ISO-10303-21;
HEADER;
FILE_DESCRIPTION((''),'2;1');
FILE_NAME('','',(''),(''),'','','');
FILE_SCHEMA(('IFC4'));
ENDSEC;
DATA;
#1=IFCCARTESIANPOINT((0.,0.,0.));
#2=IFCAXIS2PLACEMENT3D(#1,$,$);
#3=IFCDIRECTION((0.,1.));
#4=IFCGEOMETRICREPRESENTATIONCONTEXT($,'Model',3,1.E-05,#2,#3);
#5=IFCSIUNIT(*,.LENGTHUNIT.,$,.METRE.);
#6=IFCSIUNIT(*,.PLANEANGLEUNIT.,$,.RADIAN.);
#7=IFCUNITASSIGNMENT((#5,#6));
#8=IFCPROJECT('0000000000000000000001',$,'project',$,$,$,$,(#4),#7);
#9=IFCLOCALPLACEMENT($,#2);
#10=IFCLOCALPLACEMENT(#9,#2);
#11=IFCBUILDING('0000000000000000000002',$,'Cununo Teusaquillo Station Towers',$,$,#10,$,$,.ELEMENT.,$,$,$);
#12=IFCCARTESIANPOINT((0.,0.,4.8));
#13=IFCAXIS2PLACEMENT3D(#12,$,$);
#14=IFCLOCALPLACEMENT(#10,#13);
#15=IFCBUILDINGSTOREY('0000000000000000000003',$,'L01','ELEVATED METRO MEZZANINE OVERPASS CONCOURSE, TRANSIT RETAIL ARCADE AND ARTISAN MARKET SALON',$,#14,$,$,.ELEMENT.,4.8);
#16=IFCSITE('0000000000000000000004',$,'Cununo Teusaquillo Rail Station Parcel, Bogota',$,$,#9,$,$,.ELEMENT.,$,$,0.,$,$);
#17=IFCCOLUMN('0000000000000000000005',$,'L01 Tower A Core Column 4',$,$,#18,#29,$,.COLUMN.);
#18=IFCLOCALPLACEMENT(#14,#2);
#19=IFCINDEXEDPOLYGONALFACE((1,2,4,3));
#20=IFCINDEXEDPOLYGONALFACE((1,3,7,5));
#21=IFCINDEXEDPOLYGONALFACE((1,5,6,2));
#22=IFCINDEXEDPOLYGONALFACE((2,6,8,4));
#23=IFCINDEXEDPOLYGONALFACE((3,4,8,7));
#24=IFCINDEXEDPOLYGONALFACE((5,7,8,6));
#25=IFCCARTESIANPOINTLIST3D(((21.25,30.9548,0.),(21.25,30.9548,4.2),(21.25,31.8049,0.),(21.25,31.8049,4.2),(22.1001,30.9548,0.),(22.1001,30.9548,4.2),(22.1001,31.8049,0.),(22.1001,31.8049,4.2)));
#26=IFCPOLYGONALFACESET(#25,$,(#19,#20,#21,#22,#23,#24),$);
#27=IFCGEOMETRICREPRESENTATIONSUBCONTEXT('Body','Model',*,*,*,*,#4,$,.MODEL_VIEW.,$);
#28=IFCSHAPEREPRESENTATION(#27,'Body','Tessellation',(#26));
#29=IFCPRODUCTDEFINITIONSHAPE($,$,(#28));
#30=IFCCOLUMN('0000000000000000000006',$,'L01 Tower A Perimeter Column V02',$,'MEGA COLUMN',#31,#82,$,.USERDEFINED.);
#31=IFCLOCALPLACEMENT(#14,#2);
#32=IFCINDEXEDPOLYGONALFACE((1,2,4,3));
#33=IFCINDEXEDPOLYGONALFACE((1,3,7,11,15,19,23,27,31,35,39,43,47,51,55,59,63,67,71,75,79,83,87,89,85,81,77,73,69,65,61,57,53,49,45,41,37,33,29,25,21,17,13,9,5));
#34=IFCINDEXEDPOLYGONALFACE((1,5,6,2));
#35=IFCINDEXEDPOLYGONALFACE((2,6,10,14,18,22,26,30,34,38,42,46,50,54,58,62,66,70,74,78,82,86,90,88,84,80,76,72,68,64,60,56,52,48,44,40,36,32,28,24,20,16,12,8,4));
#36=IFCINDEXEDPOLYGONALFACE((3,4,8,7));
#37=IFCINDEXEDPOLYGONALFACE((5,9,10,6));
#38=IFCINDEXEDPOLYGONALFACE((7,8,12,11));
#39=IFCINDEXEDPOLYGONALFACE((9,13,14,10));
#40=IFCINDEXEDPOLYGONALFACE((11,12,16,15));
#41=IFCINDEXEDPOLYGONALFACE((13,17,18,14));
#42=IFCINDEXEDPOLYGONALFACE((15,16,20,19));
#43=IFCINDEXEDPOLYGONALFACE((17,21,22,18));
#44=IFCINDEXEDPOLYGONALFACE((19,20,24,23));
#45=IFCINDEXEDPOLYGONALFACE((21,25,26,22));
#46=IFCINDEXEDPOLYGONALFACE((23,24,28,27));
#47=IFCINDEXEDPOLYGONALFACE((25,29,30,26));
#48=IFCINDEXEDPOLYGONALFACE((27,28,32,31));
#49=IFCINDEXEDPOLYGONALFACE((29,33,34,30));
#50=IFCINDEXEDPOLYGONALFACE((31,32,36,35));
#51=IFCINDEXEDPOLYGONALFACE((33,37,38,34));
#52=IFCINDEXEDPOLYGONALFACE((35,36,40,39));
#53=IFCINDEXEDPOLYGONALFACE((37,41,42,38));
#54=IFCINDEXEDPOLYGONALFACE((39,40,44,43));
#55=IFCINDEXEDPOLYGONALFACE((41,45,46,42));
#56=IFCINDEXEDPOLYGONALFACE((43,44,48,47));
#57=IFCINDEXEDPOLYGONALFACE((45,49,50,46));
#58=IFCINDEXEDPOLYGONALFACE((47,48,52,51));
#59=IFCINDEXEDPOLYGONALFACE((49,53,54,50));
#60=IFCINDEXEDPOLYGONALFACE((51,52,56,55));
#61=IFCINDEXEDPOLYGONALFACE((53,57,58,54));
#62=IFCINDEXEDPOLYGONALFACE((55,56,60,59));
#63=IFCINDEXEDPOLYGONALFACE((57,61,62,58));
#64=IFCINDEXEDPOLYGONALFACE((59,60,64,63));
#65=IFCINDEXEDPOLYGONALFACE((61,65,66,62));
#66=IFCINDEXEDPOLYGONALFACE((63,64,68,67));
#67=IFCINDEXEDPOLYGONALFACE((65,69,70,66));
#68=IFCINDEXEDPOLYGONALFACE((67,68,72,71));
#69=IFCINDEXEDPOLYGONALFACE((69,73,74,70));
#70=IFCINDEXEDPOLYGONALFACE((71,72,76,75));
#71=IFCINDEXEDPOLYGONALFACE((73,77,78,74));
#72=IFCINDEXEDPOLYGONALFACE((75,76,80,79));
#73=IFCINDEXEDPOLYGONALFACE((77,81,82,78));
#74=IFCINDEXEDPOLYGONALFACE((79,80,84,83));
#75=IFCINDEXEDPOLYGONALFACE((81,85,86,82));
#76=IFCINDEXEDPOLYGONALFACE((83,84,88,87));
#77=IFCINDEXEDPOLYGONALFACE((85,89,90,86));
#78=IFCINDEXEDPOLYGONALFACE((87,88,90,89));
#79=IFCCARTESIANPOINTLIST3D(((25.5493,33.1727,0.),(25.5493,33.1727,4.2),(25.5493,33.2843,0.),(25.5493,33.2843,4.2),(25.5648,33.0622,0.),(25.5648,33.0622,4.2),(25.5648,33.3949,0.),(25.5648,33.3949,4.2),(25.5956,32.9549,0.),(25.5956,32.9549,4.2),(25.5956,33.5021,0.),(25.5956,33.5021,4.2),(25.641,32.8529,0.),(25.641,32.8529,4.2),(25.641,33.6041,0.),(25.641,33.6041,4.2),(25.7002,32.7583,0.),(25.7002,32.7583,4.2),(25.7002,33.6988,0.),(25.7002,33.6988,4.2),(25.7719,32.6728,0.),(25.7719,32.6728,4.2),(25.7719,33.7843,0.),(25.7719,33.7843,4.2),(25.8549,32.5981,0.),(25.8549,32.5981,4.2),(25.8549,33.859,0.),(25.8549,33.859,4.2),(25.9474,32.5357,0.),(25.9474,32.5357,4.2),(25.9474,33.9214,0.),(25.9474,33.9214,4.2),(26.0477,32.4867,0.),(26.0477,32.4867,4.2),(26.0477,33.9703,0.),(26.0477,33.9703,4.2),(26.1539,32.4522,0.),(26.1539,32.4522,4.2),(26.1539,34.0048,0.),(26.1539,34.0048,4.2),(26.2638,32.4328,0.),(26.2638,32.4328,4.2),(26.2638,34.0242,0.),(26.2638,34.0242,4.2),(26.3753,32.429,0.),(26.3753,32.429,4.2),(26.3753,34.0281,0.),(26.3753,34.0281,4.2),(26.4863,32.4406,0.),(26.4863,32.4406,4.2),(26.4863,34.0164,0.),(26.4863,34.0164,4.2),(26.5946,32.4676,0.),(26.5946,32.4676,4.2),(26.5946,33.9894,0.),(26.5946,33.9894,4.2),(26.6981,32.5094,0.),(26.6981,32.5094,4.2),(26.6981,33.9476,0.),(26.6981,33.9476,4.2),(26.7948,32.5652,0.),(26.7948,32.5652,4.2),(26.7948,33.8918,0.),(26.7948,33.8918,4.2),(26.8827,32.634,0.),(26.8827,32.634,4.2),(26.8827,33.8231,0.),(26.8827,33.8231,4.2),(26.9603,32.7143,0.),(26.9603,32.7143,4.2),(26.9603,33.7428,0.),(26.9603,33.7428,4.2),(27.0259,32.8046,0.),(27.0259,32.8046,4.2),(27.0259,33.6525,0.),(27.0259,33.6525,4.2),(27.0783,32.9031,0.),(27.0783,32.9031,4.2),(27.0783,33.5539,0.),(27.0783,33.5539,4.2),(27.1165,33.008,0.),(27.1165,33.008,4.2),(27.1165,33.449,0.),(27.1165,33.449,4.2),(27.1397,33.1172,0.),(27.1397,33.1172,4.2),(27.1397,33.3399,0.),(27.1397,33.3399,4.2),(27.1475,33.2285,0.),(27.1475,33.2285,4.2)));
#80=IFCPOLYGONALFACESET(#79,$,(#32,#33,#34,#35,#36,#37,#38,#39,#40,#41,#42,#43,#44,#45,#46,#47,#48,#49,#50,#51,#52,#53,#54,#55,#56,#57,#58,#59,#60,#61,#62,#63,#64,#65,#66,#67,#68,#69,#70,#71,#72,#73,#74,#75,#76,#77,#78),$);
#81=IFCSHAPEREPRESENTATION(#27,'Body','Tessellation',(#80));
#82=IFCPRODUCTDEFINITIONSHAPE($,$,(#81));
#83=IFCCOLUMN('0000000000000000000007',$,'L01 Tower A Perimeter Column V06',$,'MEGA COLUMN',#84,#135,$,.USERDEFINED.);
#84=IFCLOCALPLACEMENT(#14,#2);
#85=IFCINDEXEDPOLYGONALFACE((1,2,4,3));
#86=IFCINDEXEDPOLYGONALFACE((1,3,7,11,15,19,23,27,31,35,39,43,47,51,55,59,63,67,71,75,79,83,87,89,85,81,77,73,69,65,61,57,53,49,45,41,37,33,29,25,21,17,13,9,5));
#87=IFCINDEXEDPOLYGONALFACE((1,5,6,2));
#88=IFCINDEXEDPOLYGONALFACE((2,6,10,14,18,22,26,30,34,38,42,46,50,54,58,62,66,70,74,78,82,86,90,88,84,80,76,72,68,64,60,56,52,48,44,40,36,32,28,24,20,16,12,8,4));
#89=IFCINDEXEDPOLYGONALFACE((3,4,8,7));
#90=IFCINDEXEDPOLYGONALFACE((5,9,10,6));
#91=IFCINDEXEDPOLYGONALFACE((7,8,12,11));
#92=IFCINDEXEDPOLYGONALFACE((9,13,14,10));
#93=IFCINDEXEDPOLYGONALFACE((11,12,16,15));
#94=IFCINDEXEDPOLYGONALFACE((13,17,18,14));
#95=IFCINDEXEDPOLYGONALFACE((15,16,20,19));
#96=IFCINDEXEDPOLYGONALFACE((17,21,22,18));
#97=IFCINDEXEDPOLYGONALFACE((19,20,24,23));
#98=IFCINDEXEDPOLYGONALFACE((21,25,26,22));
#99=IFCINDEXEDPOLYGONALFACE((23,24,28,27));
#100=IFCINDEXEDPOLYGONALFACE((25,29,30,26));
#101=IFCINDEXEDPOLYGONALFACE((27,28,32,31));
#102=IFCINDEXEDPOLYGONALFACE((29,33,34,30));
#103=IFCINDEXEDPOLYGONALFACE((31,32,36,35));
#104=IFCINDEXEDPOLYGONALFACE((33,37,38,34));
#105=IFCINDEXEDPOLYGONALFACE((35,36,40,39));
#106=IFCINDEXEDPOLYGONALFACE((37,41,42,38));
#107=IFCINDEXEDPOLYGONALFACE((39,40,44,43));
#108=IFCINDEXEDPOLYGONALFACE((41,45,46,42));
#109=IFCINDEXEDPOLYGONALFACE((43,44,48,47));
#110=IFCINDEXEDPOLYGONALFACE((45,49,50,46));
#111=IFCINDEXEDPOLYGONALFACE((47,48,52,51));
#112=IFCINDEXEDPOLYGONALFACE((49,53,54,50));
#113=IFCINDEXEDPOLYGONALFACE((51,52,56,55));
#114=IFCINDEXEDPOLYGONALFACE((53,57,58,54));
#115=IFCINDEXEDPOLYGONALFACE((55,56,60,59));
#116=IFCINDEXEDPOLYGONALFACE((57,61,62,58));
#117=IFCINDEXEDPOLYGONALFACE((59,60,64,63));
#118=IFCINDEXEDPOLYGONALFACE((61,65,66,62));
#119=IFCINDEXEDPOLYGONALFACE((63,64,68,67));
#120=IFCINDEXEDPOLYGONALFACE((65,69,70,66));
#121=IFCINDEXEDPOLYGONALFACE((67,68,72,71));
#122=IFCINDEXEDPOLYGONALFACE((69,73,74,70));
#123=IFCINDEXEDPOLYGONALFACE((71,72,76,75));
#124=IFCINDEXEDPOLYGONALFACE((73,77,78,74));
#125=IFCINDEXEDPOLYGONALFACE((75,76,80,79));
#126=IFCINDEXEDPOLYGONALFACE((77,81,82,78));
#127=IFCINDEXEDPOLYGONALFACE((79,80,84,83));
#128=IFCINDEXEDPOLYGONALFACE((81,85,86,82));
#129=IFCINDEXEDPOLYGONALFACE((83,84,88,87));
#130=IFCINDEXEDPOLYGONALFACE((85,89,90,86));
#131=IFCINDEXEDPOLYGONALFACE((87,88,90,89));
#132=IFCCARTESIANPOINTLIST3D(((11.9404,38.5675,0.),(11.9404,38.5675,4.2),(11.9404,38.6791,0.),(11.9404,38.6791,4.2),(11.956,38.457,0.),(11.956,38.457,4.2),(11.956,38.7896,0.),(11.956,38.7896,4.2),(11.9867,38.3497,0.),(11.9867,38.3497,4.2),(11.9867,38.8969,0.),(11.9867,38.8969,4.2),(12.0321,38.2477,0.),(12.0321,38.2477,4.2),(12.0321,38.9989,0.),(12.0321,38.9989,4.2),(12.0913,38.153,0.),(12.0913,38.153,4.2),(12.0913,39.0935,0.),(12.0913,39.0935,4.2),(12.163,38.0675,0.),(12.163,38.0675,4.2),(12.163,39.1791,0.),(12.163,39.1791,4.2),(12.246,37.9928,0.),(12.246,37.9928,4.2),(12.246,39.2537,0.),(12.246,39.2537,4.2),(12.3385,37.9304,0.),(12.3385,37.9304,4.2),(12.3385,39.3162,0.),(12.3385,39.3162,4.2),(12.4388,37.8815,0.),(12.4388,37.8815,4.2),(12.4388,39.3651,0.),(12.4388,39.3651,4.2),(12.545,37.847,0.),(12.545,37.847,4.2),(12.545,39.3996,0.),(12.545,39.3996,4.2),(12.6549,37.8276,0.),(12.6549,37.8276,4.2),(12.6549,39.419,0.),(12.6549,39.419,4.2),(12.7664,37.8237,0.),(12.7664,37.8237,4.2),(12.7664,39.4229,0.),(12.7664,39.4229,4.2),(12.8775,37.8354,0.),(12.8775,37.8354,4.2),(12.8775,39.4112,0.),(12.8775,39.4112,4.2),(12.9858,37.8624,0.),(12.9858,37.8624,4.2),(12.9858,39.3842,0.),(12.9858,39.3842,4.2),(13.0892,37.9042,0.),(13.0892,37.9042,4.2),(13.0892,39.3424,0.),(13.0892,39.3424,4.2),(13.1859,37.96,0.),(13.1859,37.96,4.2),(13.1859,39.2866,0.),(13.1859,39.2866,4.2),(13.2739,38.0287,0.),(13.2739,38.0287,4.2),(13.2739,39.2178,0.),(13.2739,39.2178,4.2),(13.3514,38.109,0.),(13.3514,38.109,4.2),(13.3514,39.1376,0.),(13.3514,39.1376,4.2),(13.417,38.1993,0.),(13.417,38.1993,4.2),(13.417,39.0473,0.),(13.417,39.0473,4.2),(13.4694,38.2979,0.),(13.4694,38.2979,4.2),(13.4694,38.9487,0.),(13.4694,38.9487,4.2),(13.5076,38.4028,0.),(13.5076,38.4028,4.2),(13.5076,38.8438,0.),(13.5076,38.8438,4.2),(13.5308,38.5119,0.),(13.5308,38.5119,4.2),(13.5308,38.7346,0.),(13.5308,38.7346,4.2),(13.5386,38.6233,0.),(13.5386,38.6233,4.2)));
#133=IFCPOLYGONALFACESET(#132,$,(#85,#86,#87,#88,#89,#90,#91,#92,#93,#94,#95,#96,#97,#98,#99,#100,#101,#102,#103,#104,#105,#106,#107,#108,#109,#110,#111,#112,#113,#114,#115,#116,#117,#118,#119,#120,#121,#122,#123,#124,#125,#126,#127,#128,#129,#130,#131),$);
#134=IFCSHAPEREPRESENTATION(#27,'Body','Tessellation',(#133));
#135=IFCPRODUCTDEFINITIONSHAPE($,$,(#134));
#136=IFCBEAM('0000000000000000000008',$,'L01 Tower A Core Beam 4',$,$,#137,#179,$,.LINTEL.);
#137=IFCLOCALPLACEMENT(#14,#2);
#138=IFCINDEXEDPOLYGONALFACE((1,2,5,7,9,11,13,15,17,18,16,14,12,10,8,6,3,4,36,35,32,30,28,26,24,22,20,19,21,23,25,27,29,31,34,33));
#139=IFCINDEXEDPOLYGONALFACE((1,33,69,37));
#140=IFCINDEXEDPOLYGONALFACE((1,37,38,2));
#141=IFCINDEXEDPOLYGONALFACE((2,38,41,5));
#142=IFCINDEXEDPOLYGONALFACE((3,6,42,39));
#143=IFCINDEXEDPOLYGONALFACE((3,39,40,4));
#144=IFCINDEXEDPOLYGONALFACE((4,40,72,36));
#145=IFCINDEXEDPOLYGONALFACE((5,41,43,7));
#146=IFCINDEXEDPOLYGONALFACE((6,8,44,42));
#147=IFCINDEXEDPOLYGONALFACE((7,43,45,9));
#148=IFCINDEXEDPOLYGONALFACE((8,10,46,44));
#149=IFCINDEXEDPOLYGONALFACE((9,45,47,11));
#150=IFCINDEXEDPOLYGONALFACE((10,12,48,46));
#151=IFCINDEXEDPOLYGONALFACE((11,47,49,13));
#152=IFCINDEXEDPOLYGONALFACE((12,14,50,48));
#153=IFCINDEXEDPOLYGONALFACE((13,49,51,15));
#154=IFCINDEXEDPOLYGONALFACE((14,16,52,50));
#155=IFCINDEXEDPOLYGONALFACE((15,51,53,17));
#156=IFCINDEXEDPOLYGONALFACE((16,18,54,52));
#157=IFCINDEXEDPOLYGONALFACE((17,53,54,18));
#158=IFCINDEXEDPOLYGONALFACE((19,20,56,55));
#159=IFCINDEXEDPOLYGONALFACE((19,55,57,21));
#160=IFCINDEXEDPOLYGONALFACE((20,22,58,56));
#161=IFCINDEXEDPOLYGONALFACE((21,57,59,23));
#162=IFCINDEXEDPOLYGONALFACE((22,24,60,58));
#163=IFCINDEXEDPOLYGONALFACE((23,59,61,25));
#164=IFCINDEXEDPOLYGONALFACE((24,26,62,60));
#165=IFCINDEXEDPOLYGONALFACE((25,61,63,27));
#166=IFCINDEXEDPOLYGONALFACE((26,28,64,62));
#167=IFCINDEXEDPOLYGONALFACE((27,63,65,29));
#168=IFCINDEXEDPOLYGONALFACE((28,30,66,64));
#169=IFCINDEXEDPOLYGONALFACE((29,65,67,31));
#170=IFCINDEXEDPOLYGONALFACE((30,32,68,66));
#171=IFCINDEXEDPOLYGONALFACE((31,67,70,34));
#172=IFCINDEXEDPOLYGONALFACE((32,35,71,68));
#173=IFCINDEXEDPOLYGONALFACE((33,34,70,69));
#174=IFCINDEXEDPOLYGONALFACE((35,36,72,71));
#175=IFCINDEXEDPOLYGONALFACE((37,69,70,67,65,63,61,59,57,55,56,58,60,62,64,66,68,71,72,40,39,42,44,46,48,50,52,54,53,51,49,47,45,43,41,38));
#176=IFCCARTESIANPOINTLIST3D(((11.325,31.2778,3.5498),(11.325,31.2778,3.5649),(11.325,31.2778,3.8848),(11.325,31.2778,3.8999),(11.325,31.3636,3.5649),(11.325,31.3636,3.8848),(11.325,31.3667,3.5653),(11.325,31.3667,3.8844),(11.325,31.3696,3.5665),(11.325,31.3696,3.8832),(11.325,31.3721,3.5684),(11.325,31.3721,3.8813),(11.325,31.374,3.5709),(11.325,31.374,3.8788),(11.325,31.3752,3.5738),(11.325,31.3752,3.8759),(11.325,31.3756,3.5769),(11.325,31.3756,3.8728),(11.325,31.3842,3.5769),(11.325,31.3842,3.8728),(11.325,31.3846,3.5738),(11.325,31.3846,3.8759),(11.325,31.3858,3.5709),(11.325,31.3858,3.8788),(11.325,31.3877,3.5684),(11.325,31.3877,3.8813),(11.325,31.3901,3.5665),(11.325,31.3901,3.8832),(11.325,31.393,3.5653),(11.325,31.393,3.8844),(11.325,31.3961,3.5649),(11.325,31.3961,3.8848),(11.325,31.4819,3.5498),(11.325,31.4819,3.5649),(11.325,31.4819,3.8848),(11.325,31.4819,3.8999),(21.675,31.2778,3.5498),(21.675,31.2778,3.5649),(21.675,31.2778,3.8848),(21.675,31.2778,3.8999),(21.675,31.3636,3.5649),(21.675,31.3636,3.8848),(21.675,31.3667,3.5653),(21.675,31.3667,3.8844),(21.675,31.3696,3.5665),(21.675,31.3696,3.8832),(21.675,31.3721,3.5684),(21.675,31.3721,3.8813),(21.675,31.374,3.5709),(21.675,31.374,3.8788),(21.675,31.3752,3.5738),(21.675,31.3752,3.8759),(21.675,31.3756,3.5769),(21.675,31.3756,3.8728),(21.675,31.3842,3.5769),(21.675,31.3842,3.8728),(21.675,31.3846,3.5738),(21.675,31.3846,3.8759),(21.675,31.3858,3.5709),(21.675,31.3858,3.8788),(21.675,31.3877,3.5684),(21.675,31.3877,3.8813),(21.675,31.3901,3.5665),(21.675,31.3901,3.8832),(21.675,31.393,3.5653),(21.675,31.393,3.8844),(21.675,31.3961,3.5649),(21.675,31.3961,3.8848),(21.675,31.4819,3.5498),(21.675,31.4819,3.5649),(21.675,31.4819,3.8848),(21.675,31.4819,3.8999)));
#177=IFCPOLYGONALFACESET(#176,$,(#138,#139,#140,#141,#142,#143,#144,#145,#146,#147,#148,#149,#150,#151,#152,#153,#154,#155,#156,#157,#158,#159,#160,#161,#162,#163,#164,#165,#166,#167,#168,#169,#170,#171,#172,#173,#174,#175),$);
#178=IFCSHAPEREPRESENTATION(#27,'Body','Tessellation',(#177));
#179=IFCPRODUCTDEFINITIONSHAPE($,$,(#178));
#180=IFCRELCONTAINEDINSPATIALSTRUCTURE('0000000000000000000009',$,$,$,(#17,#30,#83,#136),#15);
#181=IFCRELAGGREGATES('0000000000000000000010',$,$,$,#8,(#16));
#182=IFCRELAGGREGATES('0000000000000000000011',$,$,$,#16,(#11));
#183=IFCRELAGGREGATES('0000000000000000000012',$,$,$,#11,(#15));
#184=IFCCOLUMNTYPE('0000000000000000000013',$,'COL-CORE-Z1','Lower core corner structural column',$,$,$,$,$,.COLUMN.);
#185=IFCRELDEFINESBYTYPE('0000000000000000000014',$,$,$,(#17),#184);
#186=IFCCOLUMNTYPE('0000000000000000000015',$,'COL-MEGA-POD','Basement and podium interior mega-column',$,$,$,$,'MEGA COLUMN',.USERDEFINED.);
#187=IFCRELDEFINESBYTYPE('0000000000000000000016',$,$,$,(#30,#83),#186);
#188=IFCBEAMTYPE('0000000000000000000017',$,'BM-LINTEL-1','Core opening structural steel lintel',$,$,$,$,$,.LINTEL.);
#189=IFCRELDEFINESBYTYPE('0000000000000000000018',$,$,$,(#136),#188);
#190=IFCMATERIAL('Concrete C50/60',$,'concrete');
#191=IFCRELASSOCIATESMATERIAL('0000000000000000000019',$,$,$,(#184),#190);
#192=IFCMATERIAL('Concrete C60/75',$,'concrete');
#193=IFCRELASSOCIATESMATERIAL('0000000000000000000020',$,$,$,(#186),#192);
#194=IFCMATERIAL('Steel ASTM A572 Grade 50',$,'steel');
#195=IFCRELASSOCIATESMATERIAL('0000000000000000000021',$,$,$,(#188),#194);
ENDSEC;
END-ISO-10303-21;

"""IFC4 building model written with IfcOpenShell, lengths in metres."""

from ifc_helpers import new_model, si_unit, direction, frame, origin, origin_2d, place, context, subcontext, project, spatial, rectangle, circle, i_section, extrude, material, material_profile, profile_set, type_object, element, save


model = new_model("IFC4")

# Units and contexts
model_context = context("Model", 3, precision=1e-05, world=origin(), true_north=direction((0.0, 1.0)))
body_context = subcontext(model_context, "Body", "Model", "MODEL_VIEW")
ifc_project = project(units=[si_unit("LENGTHUNIT", "METRE"), si_unit("PLANEANGLEUNIT", "RADIAN")], contexts=[model_context])

# Site, building, storey
site_placement = place(None, origin())
site = spatial("IfcSite", under=ifc_project, at=site_placement, Name="Cununo Teusaquillo Rail Station Parcel, Bogota", CompositionType="ELEMENT", RefElevation=0.0)
building_placement = place(site_placement, origin())
building = spatial("IfcBuilding", under=site, at=building_placement, Name="Cununo Teusaquillo Station Towers", CompositionType="ELEMENT")
storey_placement = place(building_placement, frame((0.0, 0.0, 4.8)))
storey = spatial("IfcBuildingStorey", under=building, at=storey_placement, Name="L01", Description="ELEVATED METRO MEZZANINE OVERPASS CONCOURSE, TRANSIT RETAIL ARCADE AND ARTISAN MARKET SALON", CompositionType="ELEMENT", Elevation=4.8)

# Columns
ifc_material_1 = material(Name="Concrete C50/60", Category="concrete")
ifc_material_profile_1 = material_profile(ifc_material_1, rectangle(XDim=0.8501, YDim=0.8501, at=origin_2d()), Name="RC-RECT-850x850")
ifc_profile_set_1 = profile_set([ifc_material_profile_1], Name="Concrete C50/60")
column_type_1 = type_object("IfcColumnType", Name="COL-CORE-Z1", Description="Lower core corner structural column", PredefinedType="COLUMN", material=ifc_profile_set_1)
column_placement = place(storey_placement, frame((21.675, 31.3799, 0.0), z_axis=(0.0, 0.0, 1.0), x_axis=(1.0, 0.0, 0.0)))
element("IfcColumn", 1, at=column_placement, inside=storey, type_object=column_type_1, Name="L01 Tower A Core Column 4", PredefinedType="COLUMN", context=body_context, shape_type="SweptSolid", body=[
    extrude(rectangle(XDim=0.8501, YDim=0.8501, at=origin_2d()), origin(), (0.0, 0.0, 1.0), 4.2),
])
ifc_material_2 = material(Name="Concrete C60/75", Category="concrete")
ifc_material_profile_2 = material_profile(ifc_material_2, circle(Radius=0.8, at=origin_2d()), Name="RC-CIRC-1600")
ifc_profile_set_2 = profile_set([ifc_material_profile_2], Name="Concrete C60/75")
column_type_2 = type_object("IfcColumnType", Name="COL-MEGA-POD", Description="Basement and podium interior mega-column", ElementType="MEGA COLUMN", PredefinedType="USERDEFINED", material=ifc_profile_set_2)
for number, where, z_axis, x_axis, name in (
    (2, (26.3474, 33.2285, 0.0), (0.0, 0.0, 1.0), (1.0, 0.0, 0.0), "L01 Tower A Perimeter Column V02"),
    (3, (12.7385, 38.6233, 0.0), (0.0, 0.0, 1.0), (1.0, 0.0, 0.0), "L01 Tower A Perimeter Column V06"),
):
    element("IfcColumn", number, at=place(storey_placement, frame(where, z_axis=z_axis, x_axis=x_axis)), inside=storey, type_object=column_type_2, Name=name, ObjectType="MEGA COLUMN", PredefinedType="USERDEFINED", context=body_context, shape_type="SweptSolid", body=[
        extrude(circle(Radius=0.8, at=origin_2d()), origin(), (0.0, 0.0, 1.0), 4.2),
    ])

# Beam
ifc_material_3 = material(Name="Steel ASTM A572 Grade 50", Category="steel")
ifc_material_profile_3 = material_profile(ifc_material_3, i_section(OverallWidth=0.2041, OverallDepth=0.3501, WebThickness=0.0085, FlangeThickness=0.0151, FilletRadius=0.012, at=origin_2d()), Name="W14X48")
ifc_profile_set_3 = profile_set([ifc_material_profile_3], Name="Steel ASTM A572 Grade 50")
beam_type_1 = type_object("IfcBeamType", Name="BM-LINTEL-1", Description="Core opening structural steel lintel", PredefinedType="LINTEL", material=ifc_profile_set_3)
beam_1_placement = place(storey_placement, frame((11.325, 31.3799, 3.7249), z_axis=(1.0, 0.0, 0.0), x_axis=(0.0, 1.0, 0.0)))
element("IfcBeam", 4, at=beam_1_placement, inside=storey, type_object=beam_type_1, Name="L01 Tower A Core Beam 4", PredefinedType="LINTEL", context=body_context, shape_type="SweptSolid", body=[
    extrude(i_section(OverallWidth=0.2041, OverallDepth=0.3501, WebThickness=0.0085, FlangeThickness=0.0151, FilletRadius=0.012, at=origin_2d()), origin(), (0.0, 0.0, 1.0), 10.3501),
])

save(model, "model.ifc")
